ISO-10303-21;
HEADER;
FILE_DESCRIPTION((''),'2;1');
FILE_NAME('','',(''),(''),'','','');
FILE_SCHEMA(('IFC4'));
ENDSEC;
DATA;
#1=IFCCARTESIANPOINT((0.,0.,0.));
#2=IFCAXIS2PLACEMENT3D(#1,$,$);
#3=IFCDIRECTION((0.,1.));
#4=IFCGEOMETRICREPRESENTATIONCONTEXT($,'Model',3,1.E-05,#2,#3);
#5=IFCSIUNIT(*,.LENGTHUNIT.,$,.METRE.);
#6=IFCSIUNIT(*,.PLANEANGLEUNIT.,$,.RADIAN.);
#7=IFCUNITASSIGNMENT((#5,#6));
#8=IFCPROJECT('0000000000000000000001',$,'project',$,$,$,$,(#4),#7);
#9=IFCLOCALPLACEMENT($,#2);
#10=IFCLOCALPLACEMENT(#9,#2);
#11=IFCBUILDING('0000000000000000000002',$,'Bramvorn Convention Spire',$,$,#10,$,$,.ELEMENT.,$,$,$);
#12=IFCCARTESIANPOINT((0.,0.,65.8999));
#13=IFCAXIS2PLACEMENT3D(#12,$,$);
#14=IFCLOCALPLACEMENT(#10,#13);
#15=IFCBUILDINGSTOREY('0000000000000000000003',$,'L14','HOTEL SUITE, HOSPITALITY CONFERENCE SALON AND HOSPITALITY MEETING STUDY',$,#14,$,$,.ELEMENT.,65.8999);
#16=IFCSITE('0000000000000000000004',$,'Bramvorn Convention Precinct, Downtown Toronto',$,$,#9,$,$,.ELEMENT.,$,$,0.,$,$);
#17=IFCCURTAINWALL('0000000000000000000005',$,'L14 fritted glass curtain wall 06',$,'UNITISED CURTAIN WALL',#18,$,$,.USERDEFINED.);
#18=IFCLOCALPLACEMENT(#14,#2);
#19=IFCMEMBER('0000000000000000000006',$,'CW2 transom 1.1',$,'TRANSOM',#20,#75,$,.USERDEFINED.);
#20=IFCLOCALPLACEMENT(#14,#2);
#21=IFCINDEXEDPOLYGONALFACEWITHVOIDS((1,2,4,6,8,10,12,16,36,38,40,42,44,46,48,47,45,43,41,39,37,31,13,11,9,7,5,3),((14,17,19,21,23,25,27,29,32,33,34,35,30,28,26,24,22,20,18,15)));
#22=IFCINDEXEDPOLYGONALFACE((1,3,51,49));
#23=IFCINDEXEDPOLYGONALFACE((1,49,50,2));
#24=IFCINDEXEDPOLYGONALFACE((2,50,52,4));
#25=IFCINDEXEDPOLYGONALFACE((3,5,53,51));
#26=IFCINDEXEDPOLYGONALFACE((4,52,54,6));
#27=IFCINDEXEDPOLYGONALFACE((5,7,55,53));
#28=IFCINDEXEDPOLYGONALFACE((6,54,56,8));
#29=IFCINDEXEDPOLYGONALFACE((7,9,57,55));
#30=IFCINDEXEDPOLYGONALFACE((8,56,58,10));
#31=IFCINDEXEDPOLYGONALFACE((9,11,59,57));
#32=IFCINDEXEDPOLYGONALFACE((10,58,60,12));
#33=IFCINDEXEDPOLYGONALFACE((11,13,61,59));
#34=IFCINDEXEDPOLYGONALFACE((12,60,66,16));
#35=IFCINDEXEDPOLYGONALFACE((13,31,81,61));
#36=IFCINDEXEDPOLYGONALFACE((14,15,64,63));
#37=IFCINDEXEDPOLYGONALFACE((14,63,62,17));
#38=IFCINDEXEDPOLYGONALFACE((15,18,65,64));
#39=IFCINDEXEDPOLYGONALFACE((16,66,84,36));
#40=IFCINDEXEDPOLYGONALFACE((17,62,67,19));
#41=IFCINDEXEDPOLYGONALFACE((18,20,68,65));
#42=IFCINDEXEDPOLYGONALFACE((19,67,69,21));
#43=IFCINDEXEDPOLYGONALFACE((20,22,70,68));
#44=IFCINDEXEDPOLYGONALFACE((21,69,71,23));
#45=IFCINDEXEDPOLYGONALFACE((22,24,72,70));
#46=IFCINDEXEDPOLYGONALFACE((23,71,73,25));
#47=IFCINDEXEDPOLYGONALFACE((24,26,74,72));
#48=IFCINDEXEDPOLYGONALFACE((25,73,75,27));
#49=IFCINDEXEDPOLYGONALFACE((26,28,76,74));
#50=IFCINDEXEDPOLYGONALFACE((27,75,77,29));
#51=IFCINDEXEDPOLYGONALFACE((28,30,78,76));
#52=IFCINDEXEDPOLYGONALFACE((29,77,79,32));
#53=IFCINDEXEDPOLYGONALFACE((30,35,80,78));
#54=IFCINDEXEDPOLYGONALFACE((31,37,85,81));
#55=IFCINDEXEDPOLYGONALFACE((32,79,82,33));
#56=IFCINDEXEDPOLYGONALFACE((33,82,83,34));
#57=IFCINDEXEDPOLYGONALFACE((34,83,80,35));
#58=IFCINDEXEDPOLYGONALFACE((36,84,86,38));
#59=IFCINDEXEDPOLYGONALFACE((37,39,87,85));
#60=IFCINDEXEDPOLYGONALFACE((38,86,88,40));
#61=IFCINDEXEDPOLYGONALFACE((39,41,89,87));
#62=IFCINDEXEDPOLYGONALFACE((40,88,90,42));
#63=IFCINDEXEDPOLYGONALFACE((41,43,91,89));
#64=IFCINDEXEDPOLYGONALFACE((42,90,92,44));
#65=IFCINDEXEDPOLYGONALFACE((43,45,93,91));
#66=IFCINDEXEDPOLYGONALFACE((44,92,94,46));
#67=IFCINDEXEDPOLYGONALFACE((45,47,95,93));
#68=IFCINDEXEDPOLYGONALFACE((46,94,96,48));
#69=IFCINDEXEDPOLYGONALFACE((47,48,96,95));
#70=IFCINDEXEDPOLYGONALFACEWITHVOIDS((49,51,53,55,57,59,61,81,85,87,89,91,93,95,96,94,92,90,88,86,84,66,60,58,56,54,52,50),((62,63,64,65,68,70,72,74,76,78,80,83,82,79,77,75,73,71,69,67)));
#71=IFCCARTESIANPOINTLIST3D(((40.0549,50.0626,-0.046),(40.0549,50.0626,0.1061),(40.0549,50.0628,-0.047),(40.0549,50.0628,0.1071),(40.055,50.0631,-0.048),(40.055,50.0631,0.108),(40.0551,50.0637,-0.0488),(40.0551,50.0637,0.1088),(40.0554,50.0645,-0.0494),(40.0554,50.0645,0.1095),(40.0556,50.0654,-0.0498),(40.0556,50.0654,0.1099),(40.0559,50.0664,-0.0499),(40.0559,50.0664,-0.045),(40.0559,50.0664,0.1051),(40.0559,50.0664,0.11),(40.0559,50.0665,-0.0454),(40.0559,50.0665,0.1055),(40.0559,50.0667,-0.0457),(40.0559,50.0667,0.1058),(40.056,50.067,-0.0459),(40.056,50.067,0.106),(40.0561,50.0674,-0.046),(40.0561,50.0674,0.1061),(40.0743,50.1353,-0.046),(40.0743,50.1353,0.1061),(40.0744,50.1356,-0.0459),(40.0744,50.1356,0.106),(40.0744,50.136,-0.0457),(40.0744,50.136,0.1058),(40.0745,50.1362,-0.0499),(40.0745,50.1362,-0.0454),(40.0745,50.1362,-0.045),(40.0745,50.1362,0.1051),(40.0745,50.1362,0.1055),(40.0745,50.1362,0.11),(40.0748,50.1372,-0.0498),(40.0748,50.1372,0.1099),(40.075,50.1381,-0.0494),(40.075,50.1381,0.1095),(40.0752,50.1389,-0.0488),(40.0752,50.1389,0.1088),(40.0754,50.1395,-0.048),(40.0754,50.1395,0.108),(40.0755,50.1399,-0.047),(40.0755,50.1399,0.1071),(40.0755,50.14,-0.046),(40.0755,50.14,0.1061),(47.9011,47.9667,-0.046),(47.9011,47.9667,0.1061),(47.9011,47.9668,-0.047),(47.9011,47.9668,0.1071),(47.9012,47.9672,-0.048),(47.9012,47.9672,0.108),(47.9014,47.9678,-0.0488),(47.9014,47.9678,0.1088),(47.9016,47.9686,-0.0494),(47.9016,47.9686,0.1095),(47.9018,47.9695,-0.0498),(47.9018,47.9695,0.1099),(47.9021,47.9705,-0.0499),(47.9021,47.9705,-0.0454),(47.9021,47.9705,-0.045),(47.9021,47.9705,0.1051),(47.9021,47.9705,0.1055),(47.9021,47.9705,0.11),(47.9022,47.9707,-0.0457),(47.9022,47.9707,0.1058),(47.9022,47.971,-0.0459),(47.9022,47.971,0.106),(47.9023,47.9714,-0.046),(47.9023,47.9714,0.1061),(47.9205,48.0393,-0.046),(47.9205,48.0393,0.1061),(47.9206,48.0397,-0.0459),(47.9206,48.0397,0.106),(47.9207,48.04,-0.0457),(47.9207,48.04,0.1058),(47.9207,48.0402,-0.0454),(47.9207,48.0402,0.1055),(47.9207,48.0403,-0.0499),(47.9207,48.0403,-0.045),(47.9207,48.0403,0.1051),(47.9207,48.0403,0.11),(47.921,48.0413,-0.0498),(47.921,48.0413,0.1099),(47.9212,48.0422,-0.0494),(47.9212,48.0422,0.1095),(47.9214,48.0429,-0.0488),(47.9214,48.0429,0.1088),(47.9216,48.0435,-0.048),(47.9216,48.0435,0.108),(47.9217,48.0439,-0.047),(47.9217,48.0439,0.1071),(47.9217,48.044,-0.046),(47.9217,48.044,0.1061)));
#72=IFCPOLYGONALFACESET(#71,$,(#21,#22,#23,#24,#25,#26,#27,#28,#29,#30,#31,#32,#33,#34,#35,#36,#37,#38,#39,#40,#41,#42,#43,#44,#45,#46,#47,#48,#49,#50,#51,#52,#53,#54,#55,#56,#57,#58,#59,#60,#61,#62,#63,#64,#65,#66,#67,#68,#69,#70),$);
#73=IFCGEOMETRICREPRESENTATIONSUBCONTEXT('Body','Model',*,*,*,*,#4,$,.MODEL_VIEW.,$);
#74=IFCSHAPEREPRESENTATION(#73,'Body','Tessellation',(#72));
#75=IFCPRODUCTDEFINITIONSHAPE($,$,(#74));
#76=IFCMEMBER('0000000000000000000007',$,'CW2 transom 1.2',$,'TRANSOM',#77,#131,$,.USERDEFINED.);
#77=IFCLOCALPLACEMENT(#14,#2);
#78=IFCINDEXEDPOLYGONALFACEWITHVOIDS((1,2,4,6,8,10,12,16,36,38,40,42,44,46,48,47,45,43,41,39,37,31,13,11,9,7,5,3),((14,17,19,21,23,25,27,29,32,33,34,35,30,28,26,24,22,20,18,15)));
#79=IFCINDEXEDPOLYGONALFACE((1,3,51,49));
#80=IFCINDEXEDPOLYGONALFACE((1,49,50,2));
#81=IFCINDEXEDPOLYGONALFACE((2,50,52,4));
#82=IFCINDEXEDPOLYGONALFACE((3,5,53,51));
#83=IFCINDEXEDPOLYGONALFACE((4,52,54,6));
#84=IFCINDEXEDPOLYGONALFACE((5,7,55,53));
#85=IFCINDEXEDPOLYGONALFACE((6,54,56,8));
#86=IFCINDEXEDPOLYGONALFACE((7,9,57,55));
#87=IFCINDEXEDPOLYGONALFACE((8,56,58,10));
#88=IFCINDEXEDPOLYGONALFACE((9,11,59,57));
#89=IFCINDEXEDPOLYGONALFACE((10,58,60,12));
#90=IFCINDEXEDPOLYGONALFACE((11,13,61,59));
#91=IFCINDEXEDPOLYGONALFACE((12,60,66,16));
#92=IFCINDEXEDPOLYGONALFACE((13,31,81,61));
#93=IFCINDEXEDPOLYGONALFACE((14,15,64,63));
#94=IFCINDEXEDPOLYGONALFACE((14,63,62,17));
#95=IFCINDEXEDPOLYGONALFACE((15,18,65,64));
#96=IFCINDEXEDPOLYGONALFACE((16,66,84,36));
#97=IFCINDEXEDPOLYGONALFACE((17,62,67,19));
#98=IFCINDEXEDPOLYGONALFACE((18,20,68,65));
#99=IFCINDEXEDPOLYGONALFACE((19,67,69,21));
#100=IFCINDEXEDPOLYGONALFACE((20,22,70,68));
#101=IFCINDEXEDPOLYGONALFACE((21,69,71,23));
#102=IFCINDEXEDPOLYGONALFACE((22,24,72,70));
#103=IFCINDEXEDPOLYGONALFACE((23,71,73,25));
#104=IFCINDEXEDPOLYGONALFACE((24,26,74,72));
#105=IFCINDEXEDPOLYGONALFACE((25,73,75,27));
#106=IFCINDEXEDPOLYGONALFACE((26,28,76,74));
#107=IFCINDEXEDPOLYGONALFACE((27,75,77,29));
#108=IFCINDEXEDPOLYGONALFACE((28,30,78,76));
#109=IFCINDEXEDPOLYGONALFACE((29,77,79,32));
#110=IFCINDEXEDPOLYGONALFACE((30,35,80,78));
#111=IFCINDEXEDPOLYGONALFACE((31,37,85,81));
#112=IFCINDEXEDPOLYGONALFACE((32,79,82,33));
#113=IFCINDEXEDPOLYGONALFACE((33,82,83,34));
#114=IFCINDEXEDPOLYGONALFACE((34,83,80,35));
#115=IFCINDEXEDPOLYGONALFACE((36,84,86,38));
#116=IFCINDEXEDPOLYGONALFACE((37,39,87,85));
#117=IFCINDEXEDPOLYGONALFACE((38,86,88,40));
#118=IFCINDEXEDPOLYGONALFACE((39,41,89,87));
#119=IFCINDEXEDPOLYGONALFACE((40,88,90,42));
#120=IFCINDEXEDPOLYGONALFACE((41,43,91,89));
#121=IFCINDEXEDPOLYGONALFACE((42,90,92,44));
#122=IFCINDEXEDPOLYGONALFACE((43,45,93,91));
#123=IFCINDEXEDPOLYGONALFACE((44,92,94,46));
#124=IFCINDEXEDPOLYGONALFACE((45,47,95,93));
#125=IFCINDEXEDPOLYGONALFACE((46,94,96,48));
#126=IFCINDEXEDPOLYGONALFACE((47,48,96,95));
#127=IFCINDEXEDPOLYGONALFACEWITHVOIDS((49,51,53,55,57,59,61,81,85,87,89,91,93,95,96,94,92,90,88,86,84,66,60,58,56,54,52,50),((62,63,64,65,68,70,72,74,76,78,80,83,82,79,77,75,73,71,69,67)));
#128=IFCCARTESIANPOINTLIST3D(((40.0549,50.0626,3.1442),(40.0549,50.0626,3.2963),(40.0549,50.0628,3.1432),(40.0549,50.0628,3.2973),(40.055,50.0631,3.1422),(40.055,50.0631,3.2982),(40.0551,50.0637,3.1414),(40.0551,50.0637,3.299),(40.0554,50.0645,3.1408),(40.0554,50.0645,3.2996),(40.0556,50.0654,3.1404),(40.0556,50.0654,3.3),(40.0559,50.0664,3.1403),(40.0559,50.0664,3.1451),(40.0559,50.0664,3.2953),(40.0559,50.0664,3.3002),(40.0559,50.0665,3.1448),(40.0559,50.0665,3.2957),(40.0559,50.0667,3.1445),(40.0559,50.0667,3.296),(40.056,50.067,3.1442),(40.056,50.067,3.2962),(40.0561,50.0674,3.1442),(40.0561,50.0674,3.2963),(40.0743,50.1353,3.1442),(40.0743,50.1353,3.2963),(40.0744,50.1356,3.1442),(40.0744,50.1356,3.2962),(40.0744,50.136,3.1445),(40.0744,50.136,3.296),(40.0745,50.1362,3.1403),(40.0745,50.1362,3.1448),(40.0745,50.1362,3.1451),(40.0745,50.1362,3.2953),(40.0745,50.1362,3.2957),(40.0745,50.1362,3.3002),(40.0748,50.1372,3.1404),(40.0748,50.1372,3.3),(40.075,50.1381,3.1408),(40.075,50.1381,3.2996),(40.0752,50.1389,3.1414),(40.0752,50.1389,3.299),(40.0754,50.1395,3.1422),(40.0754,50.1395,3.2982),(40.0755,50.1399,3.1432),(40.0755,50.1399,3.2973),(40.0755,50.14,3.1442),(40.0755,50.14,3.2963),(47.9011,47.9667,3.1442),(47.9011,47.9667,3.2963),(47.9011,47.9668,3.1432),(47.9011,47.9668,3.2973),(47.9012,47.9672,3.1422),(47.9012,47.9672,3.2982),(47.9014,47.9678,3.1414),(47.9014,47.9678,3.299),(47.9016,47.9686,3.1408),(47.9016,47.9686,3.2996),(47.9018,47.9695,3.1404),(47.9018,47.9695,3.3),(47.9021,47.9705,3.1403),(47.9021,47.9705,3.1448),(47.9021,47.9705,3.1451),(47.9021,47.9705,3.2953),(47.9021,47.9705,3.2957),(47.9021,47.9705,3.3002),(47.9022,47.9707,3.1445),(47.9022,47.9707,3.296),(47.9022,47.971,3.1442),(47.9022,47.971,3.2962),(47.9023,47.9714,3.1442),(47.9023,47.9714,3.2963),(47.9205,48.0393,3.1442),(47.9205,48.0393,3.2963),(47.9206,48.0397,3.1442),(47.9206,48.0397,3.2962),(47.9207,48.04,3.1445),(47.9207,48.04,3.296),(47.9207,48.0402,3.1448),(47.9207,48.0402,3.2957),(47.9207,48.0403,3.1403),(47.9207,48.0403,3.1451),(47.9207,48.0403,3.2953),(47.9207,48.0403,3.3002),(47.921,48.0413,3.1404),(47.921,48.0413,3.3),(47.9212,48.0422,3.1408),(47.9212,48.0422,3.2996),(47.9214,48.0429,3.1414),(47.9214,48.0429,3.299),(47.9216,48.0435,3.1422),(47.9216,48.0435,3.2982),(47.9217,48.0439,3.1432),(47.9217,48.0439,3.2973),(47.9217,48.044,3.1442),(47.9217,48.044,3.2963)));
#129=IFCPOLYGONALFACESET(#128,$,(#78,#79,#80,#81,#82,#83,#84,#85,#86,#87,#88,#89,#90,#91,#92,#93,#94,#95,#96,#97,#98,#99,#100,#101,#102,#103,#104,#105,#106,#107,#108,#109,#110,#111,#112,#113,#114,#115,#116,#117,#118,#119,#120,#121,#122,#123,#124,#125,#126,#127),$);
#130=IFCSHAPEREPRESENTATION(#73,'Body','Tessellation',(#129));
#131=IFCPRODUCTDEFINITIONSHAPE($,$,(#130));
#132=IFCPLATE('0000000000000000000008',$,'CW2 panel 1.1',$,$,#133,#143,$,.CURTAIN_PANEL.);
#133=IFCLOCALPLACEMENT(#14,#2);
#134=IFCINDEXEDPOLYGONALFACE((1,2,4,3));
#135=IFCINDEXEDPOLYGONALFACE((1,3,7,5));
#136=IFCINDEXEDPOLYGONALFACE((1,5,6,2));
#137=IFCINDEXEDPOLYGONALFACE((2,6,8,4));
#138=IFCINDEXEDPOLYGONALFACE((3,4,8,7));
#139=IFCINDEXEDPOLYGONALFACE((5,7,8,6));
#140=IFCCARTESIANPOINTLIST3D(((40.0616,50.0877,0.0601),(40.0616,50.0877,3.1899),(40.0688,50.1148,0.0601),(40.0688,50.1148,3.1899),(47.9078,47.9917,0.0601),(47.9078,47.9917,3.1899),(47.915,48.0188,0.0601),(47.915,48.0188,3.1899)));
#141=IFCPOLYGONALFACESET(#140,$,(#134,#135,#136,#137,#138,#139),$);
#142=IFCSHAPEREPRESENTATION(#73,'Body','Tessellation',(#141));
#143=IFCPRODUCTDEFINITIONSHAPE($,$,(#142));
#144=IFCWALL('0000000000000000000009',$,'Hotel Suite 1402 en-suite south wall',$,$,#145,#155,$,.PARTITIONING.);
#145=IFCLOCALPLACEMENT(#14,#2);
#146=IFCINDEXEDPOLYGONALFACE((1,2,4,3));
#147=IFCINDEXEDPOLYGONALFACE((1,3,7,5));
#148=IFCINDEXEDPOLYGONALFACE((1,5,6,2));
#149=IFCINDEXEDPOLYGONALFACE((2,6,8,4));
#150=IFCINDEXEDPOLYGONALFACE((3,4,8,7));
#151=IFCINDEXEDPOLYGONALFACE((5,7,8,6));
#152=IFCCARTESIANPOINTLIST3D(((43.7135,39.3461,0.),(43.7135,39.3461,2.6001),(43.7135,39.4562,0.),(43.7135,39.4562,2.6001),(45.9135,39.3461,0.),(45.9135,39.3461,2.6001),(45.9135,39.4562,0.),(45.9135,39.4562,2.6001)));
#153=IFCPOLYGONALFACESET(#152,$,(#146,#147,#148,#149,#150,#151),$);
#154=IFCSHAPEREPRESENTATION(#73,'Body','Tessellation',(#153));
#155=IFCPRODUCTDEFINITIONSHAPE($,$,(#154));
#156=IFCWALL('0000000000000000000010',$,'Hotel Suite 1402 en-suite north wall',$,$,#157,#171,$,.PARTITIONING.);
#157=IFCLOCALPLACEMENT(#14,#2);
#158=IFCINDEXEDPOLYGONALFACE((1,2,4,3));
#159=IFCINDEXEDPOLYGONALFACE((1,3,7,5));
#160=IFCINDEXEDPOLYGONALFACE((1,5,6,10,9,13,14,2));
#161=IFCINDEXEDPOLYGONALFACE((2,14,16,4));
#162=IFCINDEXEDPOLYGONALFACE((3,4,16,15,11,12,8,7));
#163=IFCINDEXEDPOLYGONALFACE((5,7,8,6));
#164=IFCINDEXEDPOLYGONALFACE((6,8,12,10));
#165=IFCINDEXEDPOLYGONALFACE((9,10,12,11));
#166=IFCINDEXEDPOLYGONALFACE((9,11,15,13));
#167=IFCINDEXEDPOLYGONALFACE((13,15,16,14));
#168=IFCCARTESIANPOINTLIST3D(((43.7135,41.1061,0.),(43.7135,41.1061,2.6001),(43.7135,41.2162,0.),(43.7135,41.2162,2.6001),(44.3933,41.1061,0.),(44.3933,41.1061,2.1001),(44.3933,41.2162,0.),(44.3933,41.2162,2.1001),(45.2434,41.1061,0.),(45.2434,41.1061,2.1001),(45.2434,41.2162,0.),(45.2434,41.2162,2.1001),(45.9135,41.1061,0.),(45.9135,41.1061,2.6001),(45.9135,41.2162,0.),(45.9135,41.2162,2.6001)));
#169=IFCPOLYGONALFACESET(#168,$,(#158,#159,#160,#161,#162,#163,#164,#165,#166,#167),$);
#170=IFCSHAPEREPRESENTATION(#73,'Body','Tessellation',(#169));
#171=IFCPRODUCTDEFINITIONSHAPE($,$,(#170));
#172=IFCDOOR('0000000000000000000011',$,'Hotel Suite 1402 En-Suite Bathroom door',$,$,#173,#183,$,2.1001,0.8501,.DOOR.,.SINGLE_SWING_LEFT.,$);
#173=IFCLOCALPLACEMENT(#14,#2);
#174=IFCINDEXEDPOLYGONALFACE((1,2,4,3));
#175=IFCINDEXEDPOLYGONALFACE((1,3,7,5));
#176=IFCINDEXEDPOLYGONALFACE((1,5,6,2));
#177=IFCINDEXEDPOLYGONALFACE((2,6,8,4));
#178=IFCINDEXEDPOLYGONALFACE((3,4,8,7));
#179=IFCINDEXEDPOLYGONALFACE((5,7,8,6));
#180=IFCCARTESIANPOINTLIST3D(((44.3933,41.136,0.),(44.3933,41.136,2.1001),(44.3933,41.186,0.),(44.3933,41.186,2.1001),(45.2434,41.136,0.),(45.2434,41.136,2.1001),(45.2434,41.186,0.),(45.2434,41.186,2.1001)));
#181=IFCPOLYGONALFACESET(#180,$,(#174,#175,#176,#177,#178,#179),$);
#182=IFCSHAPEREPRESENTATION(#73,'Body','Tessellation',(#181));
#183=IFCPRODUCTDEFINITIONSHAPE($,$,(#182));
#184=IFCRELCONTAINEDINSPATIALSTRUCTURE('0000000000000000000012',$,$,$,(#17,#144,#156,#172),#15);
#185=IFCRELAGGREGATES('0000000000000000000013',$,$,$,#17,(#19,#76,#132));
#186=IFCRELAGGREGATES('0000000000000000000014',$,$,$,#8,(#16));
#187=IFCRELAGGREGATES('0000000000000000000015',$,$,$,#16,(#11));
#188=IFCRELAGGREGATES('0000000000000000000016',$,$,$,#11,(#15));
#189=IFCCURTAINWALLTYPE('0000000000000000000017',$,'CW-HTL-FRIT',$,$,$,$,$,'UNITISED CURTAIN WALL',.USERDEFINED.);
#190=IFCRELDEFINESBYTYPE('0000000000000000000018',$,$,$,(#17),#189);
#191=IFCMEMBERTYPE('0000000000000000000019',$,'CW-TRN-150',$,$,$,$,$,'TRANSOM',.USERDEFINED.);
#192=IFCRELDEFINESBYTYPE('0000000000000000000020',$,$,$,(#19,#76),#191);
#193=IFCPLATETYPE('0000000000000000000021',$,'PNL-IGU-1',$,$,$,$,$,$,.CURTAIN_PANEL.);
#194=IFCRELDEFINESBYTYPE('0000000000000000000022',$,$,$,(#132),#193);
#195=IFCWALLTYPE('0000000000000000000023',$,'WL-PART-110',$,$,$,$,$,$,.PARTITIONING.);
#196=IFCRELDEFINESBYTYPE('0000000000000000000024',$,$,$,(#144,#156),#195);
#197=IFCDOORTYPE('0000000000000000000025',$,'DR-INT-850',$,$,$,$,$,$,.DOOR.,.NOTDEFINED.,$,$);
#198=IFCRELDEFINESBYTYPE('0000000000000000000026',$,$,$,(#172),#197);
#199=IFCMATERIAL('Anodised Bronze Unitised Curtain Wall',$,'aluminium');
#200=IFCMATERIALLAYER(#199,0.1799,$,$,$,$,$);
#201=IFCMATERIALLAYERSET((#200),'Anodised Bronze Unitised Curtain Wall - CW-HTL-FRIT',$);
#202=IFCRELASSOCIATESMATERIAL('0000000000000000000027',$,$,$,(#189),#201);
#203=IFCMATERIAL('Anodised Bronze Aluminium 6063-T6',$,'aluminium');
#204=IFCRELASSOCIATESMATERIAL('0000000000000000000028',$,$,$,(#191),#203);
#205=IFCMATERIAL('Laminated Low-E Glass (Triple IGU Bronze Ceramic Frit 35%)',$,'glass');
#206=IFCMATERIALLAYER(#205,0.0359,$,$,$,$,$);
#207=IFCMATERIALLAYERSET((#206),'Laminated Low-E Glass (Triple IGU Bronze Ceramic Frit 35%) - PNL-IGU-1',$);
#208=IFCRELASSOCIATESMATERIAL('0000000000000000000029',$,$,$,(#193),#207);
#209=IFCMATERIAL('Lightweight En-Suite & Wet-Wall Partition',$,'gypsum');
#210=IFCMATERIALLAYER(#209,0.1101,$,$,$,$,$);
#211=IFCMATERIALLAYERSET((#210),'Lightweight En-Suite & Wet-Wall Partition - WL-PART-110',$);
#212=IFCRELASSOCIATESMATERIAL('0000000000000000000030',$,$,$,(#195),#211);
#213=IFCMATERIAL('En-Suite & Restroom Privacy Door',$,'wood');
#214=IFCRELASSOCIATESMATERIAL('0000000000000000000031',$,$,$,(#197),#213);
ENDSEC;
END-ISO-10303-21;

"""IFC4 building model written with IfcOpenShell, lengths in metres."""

from ifc_helpers import new_model, si_unit, direction, frame, frame_2d, origin, origin_2d, place, context, subcontext, project, spatial, rectangle, hollow_rectangle, extrude, material, layer, layer_set, material_profile, profile_set, type_object, element, fill, aggregate, save


model = new_model("IFC4")

# Units and contexts
model_context = context("Model", 3, precision=1e-05, world=origin(), true_north=direction((0.0, 1.0)))
body_context = subcontext(model_context, "Body", "Model", "MODEL_VIEW")
ifc_project = project(units=[si_unit("LENGTHUNIT", "METRE"), si_unit("PLANEANGLEUNIT", "RADIAN")], contexts=[model_context])

# Site, building, storey
site_placement = place(None, origin())
site = spatial("IfcSite", under=ifc_project, at=site_placement, Name="Bramvorn Convention Precinct, Downtown Toronto", CompositionType="ELEMENT", RefElevation=0.0)
building_placement = place(site_placement, origin())
building = spatial("IfcBuilding", under=site, at=building_placement, Name="Bramvorn Convention Spire", CompositionType="ELEMENT")
storey_placement = place(building_placement, frame((0.0, 0.0, 65.8999)))
storey = spatial("IfcBuildingStorey", under=building, at=storey_placement, Name="L14", Description="HOTEL SUITE, HOSPITALITY CONFERENCE SALON AND HOSPITALITY MEETING STUDY", CompositionType="ELEMENT", Elevation=65.8999)

# Shared definitions
ifc_material_1 = material(Name="Anodised Bronze Unitised Curtain Wall", Category="aluminium")
ifc_layer_1 = layer(ifc_material_1, 0.1799)
ifc_layer_set_1 = layer_set([ifc_layer_1], Name="Anodised Bronze Unitised Curtain Wall - CW-HTL-FRIT")
curtain_wall_type = type_object("IfcCurtainWallType", Name="CW-HTL-FRIT", ElementType="UNITISED CURTAIN WALL", PredefinedType="USERDEFINED", material=ifc_layer_set_1)
ifc_material_2 = material(Name="Anodised Bronze Aluminium 6063-T6", Category="aluminium")

# Curtain wall, members, plate
curtain_wall_1_placement = place(storey_placement, origin())
curtain_wall_1 = element("IfcCurtainWall", 1, at=curtain_wall_1_placement, inside=storey, type_object=curtain_wall_type, Name="L14 fritted glass curtain wall 06", ObjectType="UNITISED CURTAIN WALL", PredefinedType="USERDEFINED")
ifc_material_profile_1 = material_profile(ifc_material_2, hollow_rectangle(XDim=0.0801, YDim=0.1599, WallThickness=0.0039, InnerFilletRadius=0.001, OuterFilletRadius=0.0039, at=origin_2d()))
ifc_profile_set_1 = profile_set([ifc_material_profile_1], Name="Anodised Bronze Aluminium 6063-T6 - CWT80X160")
member_type_1 = type_object("IfcMemberType", Name="CW-TRN-150", ElementType="TRANSOM", PredefinedType="USERDEFINED", material=ifc_profile_set_1)
member_1_placement = place(storey_placement, frame((40.0652, 50.1013, 0.03), z_axis=(0.966124, -0.25808, 0.0), x_axis=(0.25808, 0.966124, 0.0)))
member_1 = element("IfcMember", 2, at=member_1_placement, type_object=member_type_1, Name="CW2 transom 1.1", ObjectType="TRANSOM", PredefinedType="USERDEFINED", context=body_context, shape_type="SweptSolid", body=[
    extrude(hollow_rectangle(XDim=0.0801, YDim=0.1599, WallThickness=0.0039, InnerFilletRadius=0.001, OuterFilletRadius=0.0039, at=origin_2d()), origin(), (0.0, 0.0, 1.0), 8.1213),
])
member_2_placement = place(storey_placement, frame((40.0652, 50.1013, 3.2202), z_axis=(0.966124, -0.25808, 0.0), x_axis=(0.25808, 0.966124, 0.0)))
member_2 = element("IfcMember", 3, at=member_2_placement, type_object=member_type_1, Name="CW2 transom 1.2", ObjectType="TRANSOM", PredefinedType="USERDEFINED", context=body_context, shape_type="SweptSolid", body=[
    extrude(hollow_rectangle(XDim=0.0801, YDim=0.1599, WallThickness=0.0039, InnerFilletRadius=0.001, OuterFilletRadius=0.0039, at=origin_2d()), origin(), (0.0, 0.0, 1.0), 8.1213),
])
ifc_material_3 = material(Name="Laminated Low-E Glass (Triple IGU Bronze Ceramic Frit 35%)", Category="glass")
ifc_layer_2 = layer(ifc_material_3, 0.0359)
ifc_layer_set_2 = layer_set([ifc_layer_2], Name="Laminated Low-E Glass (Triple IGU Bronze Ceramic Frit 35%) - PNL-IGU-1")
plate_type = type_object("IfcPlateType", Name="PNL-IGU-1", PredefinedType="CURTAIN_PANEL", material=ifc_layer_set_2)
plate_placement = place(storey_placement, frame((43.9883, 49.0532, 0.0601), z_axis=(0.0, 0.0, 1.0), x_axis=(0.966122, -0.258087, 0.0)))
plate = element("IfcPlate", 4, at=plate_placement, type_object=plate_type, Name="CW2 panel 1.1", PredefinedType="CURTAIN_PANEL", context=body_context, shape_type="SweptSolid", body=[
    extrude(rectangle(XDim=8.1213, YDim=0.0281, at=origin_2d()), origin(), (0.0, 0.0, 1.0), 3.1299),
])
aggregate(curtain_wall_1, [member_1, member_2, plate])

# Wall
ifc_material_4 = material(Name="Lightweight En-Suite & Wet-Wall Partition", Category="gypsum")
ifc_layer_3 = layer(ifc_material_4, 0.1101)
ifc_layer_set_3 = layer_set([ifc_layer_3], Name="Lightweight En-Suite & Wet-Wall Partition - WL-PART-110")
wall_type_1 = type_object("IfcWallType", Name="WL-PART-110", PredefinedType="PARTITIONING", material=ifc_layer_set_3)
wall_1_placement = place(storey_placement, frame((43.7134, 39.4011, 0.0), z_axis=(0.0, 0.0, 1.0), x_axis=(1.0, 0.0, 0.0)))
element("IfcWall", 5, at=wall_1_placement, inside=storey, type_object=wall_type_1, Name="Hotel Suite 1402 en-suite south wall", PredefinedType="PARTITIONING", context=body_context, shape_type="SweptSolid", body=[
    extrude(rectangle(XDim=2.2, YDim=0.1101, at=frame_2d((1.1001, 0.0))), origin(), (0.0, 0.0, 1.0), 2.6001),
])

# Wall, opening, door
wall_2_placement = place(storey_placement, frame((43.7134, 41.1611, 0.0), z_axis=(0.0, 0.0, 1.0), x_axis=(1.0, 0.0, 0.0)))
wall_2 = element("IfcWall", 6, at=wall_2_placement, inside=storey, type_object=wall_type_1, Name="Hotel Suite 1402 en-suite north wall", PredefinedType="PARTITIONING", context=body_context, shape_type="SweptSolid", body=[
    extrude(rectangle(XDim=2.2, YDim=0.1101, at=frame_2d((1.1001, 0.0))), origin(), (0.0, 0.0, 1.0), 2.6001),
])
opening_1_placement = place(wall_2_placement, frame((0.6799, 0.0, 0.0)))
opening_1 = element("IfcOpeningElement", 7, at=opening_1_placement, cuts=wall_2, PredefinedType="OPENING", context=body_context, shape_type="SweptSolid", body=[
    extrude(rectangle(XDim=0.8501, YDim=2.1001, at=frame_2d((0.425, 1.05))), frame((0.0, 0.0649, 0.0), z_axis=(0.0, -1.0, 0.0), x_axis=(1.0, 0.0, 0.0)), (0.0, 0.0, 1.0), 0.1301),
])
ifc_material_5 = material(Name="En-Suite & Restroom Privacy Door", Category="wood")
door_type_1 = type_object("IfcDoorType", Name="DR-INT-850", OperationType="NOTDEFINED", PredefinedType="DOOR", material=ifc_material_5)
door_1_placement = place(opening_1_placement, origin())
door_1 = element("IfcDoor", 8, at=door_1_placement, inside=storey, type_object=door_type_1, Name="Hotel Suite 1402 En-Suite Bathroom door", OperationType="SINGLE_SWING_LEFT", OverallHeight=2.1001, OverallWidth=0.8501, PredefinedType="DOOR", context=body_context, shape_type="SweptSolid", body=[
    extrude(rectangle(XDim=0.8501, YDim=2.1001, at=frame_2d((0.425, 1.05))), frame((0.0, 0.0249, 0.0), z_axis=(0.0, -1.0, 0.0), x_axis=(1.0, 0.0, 0.0)), (0.0, 0.0, 1.0), 0.05),
])
fill(opening_1, door_1)

save(model, "model.ifc")
